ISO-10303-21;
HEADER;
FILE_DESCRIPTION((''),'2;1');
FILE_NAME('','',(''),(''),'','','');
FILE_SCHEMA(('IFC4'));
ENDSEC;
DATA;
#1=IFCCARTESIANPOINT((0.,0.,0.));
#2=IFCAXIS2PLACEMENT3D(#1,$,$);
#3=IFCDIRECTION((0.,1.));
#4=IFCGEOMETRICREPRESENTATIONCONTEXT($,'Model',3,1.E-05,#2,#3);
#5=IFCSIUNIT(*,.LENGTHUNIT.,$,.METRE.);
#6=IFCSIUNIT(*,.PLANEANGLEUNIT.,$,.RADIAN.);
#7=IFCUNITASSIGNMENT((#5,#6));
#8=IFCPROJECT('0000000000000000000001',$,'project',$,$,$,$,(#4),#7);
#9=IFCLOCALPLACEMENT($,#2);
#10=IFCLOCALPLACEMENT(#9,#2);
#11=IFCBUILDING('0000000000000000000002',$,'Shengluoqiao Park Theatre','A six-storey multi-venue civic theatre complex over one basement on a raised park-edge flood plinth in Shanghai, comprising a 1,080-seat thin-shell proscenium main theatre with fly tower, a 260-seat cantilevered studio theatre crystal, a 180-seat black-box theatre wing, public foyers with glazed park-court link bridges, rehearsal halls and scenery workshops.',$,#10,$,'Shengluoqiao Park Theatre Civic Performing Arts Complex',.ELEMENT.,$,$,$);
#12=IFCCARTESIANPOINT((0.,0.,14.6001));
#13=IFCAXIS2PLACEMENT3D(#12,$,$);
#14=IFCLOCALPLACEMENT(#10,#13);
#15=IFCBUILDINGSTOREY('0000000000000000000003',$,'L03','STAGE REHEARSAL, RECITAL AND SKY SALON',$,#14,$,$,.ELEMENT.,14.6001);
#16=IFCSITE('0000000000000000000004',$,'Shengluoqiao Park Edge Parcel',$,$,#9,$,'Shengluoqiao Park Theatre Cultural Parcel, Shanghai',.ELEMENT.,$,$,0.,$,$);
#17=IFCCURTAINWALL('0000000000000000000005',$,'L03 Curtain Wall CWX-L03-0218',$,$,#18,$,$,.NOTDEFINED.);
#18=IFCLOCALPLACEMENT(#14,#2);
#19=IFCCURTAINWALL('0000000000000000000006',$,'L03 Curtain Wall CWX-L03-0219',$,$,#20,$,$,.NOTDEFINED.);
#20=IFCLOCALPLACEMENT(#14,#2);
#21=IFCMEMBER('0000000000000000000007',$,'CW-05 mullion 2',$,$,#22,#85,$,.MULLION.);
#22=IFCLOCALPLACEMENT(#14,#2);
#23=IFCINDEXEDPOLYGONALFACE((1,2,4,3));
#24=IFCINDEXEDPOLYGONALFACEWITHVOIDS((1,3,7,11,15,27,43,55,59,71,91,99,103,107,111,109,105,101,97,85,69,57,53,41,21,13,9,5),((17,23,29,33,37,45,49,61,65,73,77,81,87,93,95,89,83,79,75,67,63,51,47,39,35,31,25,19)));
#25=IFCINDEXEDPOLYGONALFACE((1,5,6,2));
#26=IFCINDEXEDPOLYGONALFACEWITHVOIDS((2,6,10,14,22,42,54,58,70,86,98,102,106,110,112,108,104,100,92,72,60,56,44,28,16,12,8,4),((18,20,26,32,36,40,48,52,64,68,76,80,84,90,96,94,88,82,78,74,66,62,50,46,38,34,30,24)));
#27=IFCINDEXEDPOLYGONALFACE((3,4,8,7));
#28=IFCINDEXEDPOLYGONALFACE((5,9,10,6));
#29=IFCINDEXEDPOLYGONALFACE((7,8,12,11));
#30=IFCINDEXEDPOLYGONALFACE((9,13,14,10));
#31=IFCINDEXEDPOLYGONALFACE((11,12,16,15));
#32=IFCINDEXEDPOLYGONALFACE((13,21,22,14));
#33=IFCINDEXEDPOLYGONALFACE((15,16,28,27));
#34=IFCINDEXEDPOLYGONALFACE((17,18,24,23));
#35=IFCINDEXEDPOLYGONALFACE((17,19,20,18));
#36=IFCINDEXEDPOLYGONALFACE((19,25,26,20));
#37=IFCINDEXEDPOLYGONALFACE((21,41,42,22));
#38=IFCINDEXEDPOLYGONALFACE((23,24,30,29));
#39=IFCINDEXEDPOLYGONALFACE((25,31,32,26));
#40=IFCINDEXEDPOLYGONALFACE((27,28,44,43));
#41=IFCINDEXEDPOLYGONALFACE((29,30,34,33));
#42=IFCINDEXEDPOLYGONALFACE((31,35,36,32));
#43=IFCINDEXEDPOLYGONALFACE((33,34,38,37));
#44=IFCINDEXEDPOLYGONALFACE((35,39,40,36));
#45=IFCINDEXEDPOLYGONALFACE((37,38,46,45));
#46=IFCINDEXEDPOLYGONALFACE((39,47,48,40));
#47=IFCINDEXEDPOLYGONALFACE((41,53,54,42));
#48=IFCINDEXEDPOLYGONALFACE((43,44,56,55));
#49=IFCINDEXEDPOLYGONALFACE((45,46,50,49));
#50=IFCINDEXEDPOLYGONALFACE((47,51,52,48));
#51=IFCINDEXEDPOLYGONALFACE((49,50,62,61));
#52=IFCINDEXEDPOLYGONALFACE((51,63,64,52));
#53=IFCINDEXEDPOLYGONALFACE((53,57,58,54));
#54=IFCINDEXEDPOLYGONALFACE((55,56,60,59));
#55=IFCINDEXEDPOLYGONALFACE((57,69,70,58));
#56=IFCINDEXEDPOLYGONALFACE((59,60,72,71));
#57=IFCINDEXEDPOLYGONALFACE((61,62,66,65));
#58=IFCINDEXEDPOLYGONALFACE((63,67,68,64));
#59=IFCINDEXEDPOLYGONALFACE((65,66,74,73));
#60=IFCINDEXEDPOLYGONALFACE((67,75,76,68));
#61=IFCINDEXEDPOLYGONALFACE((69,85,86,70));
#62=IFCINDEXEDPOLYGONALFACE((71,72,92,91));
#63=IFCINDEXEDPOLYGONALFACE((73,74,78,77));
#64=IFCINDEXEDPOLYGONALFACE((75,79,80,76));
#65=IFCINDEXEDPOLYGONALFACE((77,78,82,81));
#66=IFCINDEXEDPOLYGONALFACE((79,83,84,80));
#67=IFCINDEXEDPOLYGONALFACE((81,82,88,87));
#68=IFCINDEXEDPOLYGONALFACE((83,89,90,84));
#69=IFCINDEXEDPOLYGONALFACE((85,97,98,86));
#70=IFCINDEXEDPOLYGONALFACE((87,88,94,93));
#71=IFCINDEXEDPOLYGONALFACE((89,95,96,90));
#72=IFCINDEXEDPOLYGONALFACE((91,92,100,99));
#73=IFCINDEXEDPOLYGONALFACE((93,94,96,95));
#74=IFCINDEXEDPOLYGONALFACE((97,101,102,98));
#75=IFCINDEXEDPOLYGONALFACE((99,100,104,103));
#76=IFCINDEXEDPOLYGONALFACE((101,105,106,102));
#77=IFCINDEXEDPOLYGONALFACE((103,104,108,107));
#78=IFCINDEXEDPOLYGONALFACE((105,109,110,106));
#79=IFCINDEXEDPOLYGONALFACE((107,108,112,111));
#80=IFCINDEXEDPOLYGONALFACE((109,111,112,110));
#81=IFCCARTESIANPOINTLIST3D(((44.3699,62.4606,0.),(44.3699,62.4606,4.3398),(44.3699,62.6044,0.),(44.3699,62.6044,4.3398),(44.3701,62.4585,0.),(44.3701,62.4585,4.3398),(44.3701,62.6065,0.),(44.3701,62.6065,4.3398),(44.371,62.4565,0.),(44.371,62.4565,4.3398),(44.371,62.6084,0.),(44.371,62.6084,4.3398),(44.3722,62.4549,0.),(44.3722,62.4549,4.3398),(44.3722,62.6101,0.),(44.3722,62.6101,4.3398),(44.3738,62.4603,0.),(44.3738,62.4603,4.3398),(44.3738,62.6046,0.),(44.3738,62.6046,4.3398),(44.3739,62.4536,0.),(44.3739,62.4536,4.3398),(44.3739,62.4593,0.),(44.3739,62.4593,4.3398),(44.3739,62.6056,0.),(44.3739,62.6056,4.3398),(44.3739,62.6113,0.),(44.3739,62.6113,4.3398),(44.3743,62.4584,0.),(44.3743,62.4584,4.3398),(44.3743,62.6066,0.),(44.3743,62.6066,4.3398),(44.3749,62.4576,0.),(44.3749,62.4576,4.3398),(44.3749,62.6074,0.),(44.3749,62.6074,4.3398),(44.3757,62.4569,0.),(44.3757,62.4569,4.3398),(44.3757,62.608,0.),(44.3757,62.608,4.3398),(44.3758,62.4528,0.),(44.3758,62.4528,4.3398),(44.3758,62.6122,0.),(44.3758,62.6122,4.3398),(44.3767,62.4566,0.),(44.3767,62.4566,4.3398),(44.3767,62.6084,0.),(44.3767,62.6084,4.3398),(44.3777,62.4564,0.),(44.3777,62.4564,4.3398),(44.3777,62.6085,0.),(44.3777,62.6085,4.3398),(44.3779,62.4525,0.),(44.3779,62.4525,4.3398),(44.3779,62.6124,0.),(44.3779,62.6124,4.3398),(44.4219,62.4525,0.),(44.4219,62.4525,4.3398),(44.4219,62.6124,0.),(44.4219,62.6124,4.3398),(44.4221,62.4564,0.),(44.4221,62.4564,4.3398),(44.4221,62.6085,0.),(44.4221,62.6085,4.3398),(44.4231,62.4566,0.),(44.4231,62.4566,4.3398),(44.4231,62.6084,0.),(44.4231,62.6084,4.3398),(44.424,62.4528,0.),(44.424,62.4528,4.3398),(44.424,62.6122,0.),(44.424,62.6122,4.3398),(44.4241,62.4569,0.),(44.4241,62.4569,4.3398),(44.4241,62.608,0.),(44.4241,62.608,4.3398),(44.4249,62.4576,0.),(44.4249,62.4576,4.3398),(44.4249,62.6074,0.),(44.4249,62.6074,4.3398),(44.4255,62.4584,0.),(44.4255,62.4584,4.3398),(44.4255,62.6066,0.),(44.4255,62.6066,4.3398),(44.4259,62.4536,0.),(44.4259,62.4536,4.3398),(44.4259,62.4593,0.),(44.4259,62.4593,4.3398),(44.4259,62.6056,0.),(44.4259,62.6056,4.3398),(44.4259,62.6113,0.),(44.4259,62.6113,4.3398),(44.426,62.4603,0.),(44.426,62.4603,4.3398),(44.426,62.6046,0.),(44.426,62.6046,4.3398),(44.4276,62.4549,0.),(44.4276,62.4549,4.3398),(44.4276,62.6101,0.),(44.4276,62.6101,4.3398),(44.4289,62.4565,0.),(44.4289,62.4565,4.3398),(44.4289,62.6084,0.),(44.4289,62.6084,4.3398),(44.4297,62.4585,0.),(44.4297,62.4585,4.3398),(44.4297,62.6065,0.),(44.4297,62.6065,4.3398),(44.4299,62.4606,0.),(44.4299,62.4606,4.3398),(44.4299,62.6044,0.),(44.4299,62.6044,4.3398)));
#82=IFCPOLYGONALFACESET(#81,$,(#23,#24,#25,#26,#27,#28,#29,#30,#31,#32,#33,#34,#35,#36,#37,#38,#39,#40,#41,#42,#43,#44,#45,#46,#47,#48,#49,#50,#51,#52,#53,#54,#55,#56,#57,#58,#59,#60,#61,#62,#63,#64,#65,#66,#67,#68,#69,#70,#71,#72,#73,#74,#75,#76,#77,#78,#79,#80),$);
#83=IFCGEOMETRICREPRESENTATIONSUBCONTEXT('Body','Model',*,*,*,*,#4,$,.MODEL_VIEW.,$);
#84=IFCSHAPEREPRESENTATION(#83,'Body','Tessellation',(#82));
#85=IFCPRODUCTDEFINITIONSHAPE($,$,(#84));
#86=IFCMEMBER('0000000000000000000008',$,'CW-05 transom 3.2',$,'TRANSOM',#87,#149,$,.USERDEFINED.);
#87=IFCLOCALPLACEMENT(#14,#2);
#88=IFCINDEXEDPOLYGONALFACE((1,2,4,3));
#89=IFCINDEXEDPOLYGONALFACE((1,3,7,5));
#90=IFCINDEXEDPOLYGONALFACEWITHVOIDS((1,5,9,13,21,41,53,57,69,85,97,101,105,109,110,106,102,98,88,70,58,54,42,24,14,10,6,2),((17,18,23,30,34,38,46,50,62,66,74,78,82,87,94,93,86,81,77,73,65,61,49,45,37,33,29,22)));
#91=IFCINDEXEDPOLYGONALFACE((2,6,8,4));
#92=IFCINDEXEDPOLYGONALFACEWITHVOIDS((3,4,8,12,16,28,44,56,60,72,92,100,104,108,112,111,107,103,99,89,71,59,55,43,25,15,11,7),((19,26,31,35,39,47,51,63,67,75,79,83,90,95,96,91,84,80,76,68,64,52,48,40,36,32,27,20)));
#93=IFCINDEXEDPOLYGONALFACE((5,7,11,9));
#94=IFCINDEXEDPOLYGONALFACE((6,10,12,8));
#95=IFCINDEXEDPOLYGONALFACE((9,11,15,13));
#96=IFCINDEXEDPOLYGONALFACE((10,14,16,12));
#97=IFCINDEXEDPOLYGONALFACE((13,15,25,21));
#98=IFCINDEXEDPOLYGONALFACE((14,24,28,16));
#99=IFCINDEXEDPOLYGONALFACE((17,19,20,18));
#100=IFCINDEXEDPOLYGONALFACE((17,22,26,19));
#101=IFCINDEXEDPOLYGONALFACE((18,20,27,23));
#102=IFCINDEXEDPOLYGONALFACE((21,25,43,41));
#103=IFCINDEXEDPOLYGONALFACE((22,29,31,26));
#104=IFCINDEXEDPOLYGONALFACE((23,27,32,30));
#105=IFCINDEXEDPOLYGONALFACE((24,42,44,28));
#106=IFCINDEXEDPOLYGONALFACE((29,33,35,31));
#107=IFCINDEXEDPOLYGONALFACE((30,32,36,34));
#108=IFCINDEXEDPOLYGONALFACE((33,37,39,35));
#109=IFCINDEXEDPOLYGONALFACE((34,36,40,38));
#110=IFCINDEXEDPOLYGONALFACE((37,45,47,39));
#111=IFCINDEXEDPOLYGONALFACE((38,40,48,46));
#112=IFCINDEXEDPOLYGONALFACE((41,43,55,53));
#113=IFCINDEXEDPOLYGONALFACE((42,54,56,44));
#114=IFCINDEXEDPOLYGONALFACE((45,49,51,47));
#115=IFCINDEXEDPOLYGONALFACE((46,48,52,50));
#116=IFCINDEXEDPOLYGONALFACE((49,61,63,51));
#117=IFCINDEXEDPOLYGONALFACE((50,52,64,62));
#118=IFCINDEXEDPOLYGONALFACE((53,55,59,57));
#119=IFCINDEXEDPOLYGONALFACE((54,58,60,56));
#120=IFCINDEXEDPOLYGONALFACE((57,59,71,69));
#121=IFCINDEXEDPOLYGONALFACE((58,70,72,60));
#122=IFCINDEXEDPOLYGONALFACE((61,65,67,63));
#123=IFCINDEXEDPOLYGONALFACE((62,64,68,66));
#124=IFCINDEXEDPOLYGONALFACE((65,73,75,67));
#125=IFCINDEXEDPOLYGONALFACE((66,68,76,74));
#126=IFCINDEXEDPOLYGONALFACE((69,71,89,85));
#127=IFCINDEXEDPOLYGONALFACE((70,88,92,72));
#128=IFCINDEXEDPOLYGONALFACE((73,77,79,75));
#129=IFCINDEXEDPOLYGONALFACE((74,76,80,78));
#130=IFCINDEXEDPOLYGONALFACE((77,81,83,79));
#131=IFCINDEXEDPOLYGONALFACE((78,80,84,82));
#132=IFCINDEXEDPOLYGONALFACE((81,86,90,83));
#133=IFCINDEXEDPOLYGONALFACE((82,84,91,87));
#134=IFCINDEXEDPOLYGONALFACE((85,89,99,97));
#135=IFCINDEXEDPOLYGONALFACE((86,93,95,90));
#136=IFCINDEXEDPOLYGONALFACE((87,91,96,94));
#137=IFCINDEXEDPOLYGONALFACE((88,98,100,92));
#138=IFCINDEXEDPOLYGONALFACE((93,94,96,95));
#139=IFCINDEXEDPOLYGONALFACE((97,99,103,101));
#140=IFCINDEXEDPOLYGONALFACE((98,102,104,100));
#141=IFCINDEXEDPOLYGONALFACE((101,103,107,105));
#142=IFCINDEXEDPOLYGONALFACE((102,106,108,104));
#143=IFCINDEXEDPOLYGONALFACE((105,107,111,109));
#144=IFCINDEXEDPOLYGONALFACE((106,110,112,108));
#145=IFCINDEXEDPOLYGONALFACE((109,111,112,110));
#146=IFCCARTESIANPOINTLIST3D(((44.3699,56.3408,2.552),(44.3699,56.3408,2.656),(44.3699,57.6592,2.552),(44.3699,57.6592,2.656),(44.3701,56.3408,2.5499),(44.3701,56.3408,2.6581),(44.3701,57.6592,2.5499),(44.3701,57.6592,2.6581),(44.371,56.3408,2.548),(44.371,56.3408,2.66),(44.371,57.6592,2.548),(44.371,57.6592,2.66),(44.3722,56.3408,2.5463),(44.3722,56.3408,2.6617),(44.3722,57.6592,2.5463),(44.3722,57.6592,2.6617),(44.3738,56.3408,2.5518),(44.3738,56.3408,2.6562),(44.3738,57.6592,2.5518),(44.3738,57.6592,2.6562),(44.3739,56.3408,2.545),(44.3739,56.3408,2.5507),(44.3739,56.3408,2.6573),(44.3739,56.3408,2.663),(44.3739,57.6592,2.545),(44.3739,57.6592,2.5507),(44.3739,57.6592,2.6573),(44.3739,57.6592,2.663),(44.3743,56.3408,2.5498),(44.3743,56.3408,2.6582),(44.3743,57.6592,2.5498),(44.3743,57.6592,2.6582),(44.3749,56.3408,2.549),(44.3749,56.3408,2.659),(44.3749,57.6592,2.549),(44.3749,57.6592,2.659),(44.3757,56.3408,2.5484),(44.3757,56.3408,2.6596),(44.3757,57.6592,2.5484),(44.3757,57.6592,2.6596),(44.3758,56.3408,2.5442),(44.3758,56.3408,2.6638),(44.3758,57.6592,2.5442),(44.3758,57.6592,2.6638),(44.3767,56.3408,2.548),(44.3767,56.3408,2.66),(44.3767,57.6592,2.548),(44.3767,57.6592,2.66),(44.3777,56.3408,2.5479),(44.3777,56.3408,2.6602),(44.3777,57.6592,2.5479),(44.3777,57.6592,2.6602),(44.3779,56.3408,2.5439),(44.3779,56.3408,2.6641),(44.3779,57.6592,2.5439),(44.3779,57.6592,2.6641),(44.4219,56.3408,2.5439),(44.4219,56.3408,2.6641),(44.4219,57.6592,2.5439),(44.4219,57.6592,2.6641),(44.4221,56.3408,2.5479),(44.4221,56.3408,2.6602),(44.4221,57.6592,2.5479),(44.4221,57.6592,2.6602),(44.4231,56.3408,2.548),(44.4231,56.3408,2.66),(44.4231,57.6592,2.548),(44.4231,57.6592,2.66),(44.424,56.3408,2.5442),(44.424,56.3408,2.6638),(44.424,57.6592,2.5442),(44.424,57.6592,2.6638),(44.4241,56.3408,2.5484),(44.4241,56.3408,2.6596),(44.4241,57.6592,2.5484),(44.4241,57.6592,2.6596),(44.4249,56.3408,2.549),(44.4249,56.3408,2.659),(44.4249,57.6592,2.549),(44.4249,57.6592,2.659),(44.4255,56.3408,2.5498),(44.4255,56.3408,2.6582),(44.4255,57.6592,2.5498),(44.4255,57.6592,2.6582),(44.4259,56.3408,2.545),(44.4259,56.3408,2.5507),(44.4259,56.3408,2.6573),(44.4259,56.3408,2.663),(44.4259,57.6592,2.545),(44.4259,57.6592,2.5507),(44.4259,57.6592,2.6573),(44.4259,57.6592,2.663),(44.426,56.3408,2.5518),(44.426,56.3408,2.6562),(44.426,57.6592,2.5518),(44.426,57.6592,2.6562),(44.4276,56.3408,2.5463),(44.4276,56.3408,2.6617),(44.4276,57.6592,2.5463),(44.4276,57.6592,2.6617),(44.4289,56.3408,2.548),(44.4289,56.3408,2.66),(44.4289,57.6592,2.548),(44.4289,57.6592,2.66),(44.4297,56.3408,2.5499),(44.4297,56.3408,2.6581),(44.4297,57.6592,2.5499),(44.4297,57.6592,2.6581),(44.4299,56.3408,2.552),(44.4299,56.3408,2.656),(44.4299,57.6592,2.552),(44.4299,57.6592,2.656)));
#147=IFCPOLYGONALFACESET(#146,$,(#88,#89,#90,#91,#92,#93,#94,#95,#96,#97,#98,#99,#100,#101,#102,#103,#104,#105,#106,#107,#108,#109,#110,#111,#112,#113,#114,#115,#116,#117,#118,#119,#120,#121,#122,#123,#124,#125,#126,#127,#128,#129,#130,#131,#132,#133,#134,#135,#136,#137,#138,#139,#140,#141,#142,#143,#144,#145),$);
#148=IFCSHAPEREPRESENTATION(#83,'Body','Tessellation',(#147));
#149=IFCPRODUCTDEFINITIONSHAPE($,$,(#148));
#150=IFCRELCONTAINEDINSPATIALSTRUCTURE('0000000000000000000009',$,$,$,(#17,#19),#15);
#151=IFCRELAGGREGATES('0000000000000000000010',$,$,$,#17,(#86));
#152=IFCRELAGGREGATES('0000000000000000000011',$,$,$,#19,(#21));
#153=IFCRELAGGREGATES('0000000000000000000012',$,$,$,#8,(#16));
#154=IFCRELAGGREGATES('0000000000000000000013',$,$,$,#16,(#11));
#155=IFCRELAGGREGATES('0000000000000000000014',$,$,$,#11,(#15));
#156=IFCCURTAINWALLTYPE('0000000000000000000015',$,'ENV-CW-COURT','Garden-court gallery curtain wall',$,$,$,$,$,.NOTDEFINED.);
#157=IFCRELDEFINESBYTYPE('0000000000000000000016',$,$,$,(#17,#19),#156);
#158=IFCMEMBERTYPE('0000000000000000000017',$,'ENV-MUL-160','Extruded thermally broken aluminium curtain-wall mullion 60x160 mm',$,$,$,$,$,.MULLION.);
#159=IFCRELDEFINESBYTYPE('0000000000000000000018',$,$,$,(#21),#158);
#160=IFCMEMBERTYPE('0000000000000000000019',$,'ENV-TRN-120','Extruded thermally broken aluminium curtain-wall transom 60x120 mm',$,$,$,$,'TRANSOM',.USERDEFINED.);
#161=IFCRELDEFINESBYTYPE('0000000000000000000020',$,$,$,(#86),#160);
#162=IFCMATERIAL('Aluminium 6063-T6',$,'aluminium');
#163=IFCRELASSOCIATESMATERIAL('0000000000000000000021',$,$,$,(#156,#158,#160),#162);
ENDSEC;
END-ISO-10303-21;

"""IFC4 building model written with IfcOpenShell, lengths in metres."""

from ifc_helpers import new_model, si_unit, direction, frame, origin, origin_2d, place, context, subcontext, project, spatial, hollow_rectangle, extrude, material, material_profile, profile_set, type_object, element, aggregate, save


model = new_model("IFC4")

# Units and contexts
model_context = context("Model", 3, precision=1e-05, world=origin(), true_north=direction((0.0, 1.0)))
body_context = subcontext(model_context, "Body", "Model", "MODEL_VIEW")
ifc_project = project(units=[si_unit("LENGTHUNIT", "METRE"), si_unit("PLANEANGLEUNIT", "RADIAN")], contexts=[model_context])

# Site, building, storey
site_placement = place(None, origin())
site = spatial("IfcSite", under=ifc_project, at=site_placement, Name="Shengluoqiao Park Edge Parcel", LongName="Shengluoqiao Park Theatre Cultural Parcel, Shanghai", CompositionType="ELEMENT", RefElevation=0.0)
building_placement = place(site_placement, origin())
building = spatial("IfcBuilding", under=site, at=building_placement, Name="Shengluoqiao Park Theatre", Description="A six-storey multi-venue civic theatre complex over one basement on a raised park-edge flood plinth in Shanghai, comprising a 1,080-seat thin-shell proscenium main theatre with fly tower, a 260-seat cantilevered studio theatre crystal, a 180-seat black-box theatre wing, public foyers with glazed park-court link bridges, rehearsal halls and scenery workshops.", LongName="Shengluoqiao Park Theatre Civic Performing Arts Complex", CompositionType="ELEMENT")
storey_placement = place(building_placement, frame((0.0, 0.0, 14.6001)))
storey = spatial("IfcBuildingStorey", under=building, at=storey_placement, Name="L03", Description="STAGE REHEARSAL, RECITAL AND SKY SALON", CompositionType="ELEMENT", Elevation=14.6001)

# Curtain walls, member
ifc_material_1 = material(Name="Aluminium 6063-T6", Category="aluminium")
curtain_wall_type = type_object("IfcCurtainWallType", Name="ENV-CW-COURT", Description="Garden-court gallery curtain wall", PredefinedType="NOTDEFINED", material=ifc_material_1)
curtain_wall_1_placement = place(storey_placement, origin())
curtain_wall_1 = element("IfcCurtainWall", 1, at=curtain_wall_1_placement, inside=storey, type_object=curtain_wall_type, Name="L03 Curtain Wall CWX-L03-0218", PredefinedType="NOTDEFINED")
ifc_material_profile_1 = material_profile(ifc_material_1, hollow_rectangle(XDim=0.0601, YDim=0.1599, WallThickness=0.0039, InnerFilletRadius=0.0039, OuterFilletRadius=0.0081, at=origin_2d()), Name="ALU MULLION 160x60x4")
ifc_profile_set_1 = profile_set([ifc_material_profile_1], Name="Aluminium 6063-T6")
member_type_1 = type_object("IfcMemberType", Name="ENV-MUL-160", Description="Extruded thermally broken aluminium curtain-wall mullion 60x160 mm", PredefinedType="MULLION", material=ifc_profile_set_1)
curtain_wall_2_placement = place(storey_placement, origin())
curtain_wall_2 = element("IfcCurtainWall", 2, at=curtain_wall_2_placement, inside=storey, type_object=curtain_wall_type, Name="L03 Curtain Wall CWX-L03-0219", PredefinedType="NOTDEFINED")
member_1_placement = place(storey_placement, frame((44.3999, 62.5325, 0.0), z_axis=(0.0, 0.0, 1.0), x_axis=(-1.0, 0.0, 0.0)))
member_1 = element("IfcMember", 3, at=member_1_placement, type_object=member_type_1, Name="CW-05 mullion 2", PredefinedType="MULLION", context=body_context, shape_type="SweptSolid", body=[
    extrude(hollow_rectangle(XDim=0.0601, YDim=0.1599, WallThickness=0.0039, InnerFilletRadius=0.0039, OuterFilletRadius=0.0081, at=origin_2d()), origin(), (0.0, 0.0, 1.0), 4.3398),
])

# Member
ifc_material_profile_2 = material_profile(ifc_material_1, hollow_rectangle(XDim=0.0601, YDim=0.1201, WallThickness=0.0039, InnerFilletRadius=0.0039, OuterFilletRadius=0.0081, at=origin_2d()), Name="ALU TRANSOM 120x60x4")
ifc_profile_set_2 = profile_set([ifc_material_profile_2], Name="Aluminium 6063-T6")
member_type_2 = type_object("IfcMemberType", Name="ENV-TRN-120", Description="Extruded thermally broken aluminium curtain-wall transom 60x120 mm", ElementType="TRANSOM", PredefinedType="USERDEFINED", material=ifc_profile_set_2)
member_2_placement = place(storey_placement, frame((44.3999, 56.3408, 2.604), z_axis=(0.0, 1.0, 0.0), x_axis=(-1.0, 0.0, 0.0)))
member_2 = element("IfcMember", 4, at=member_2_placement, type_object=member_type_2, Name="CW-05 transom 3.2", ObjectType="TRANSOM", PredefinedType="USERDEFINED", context=body_context, shape_type="SweptSolid", body=[
    extrude(hollow_rectangle(XDim=0.0601, YDim=0.1201, WallThickness=0.0039, InnerFilletRadius=0.0039, OuterFilletRadius=0.0081, at=origin_2d()), origin(), (0.0, 0.0, 1.0), 1.3184),
])

aggregate(curtain_wall_1, [member_2])
aggregate(curtain_wall_2, [member_1])

save(model, "model.ifc")
